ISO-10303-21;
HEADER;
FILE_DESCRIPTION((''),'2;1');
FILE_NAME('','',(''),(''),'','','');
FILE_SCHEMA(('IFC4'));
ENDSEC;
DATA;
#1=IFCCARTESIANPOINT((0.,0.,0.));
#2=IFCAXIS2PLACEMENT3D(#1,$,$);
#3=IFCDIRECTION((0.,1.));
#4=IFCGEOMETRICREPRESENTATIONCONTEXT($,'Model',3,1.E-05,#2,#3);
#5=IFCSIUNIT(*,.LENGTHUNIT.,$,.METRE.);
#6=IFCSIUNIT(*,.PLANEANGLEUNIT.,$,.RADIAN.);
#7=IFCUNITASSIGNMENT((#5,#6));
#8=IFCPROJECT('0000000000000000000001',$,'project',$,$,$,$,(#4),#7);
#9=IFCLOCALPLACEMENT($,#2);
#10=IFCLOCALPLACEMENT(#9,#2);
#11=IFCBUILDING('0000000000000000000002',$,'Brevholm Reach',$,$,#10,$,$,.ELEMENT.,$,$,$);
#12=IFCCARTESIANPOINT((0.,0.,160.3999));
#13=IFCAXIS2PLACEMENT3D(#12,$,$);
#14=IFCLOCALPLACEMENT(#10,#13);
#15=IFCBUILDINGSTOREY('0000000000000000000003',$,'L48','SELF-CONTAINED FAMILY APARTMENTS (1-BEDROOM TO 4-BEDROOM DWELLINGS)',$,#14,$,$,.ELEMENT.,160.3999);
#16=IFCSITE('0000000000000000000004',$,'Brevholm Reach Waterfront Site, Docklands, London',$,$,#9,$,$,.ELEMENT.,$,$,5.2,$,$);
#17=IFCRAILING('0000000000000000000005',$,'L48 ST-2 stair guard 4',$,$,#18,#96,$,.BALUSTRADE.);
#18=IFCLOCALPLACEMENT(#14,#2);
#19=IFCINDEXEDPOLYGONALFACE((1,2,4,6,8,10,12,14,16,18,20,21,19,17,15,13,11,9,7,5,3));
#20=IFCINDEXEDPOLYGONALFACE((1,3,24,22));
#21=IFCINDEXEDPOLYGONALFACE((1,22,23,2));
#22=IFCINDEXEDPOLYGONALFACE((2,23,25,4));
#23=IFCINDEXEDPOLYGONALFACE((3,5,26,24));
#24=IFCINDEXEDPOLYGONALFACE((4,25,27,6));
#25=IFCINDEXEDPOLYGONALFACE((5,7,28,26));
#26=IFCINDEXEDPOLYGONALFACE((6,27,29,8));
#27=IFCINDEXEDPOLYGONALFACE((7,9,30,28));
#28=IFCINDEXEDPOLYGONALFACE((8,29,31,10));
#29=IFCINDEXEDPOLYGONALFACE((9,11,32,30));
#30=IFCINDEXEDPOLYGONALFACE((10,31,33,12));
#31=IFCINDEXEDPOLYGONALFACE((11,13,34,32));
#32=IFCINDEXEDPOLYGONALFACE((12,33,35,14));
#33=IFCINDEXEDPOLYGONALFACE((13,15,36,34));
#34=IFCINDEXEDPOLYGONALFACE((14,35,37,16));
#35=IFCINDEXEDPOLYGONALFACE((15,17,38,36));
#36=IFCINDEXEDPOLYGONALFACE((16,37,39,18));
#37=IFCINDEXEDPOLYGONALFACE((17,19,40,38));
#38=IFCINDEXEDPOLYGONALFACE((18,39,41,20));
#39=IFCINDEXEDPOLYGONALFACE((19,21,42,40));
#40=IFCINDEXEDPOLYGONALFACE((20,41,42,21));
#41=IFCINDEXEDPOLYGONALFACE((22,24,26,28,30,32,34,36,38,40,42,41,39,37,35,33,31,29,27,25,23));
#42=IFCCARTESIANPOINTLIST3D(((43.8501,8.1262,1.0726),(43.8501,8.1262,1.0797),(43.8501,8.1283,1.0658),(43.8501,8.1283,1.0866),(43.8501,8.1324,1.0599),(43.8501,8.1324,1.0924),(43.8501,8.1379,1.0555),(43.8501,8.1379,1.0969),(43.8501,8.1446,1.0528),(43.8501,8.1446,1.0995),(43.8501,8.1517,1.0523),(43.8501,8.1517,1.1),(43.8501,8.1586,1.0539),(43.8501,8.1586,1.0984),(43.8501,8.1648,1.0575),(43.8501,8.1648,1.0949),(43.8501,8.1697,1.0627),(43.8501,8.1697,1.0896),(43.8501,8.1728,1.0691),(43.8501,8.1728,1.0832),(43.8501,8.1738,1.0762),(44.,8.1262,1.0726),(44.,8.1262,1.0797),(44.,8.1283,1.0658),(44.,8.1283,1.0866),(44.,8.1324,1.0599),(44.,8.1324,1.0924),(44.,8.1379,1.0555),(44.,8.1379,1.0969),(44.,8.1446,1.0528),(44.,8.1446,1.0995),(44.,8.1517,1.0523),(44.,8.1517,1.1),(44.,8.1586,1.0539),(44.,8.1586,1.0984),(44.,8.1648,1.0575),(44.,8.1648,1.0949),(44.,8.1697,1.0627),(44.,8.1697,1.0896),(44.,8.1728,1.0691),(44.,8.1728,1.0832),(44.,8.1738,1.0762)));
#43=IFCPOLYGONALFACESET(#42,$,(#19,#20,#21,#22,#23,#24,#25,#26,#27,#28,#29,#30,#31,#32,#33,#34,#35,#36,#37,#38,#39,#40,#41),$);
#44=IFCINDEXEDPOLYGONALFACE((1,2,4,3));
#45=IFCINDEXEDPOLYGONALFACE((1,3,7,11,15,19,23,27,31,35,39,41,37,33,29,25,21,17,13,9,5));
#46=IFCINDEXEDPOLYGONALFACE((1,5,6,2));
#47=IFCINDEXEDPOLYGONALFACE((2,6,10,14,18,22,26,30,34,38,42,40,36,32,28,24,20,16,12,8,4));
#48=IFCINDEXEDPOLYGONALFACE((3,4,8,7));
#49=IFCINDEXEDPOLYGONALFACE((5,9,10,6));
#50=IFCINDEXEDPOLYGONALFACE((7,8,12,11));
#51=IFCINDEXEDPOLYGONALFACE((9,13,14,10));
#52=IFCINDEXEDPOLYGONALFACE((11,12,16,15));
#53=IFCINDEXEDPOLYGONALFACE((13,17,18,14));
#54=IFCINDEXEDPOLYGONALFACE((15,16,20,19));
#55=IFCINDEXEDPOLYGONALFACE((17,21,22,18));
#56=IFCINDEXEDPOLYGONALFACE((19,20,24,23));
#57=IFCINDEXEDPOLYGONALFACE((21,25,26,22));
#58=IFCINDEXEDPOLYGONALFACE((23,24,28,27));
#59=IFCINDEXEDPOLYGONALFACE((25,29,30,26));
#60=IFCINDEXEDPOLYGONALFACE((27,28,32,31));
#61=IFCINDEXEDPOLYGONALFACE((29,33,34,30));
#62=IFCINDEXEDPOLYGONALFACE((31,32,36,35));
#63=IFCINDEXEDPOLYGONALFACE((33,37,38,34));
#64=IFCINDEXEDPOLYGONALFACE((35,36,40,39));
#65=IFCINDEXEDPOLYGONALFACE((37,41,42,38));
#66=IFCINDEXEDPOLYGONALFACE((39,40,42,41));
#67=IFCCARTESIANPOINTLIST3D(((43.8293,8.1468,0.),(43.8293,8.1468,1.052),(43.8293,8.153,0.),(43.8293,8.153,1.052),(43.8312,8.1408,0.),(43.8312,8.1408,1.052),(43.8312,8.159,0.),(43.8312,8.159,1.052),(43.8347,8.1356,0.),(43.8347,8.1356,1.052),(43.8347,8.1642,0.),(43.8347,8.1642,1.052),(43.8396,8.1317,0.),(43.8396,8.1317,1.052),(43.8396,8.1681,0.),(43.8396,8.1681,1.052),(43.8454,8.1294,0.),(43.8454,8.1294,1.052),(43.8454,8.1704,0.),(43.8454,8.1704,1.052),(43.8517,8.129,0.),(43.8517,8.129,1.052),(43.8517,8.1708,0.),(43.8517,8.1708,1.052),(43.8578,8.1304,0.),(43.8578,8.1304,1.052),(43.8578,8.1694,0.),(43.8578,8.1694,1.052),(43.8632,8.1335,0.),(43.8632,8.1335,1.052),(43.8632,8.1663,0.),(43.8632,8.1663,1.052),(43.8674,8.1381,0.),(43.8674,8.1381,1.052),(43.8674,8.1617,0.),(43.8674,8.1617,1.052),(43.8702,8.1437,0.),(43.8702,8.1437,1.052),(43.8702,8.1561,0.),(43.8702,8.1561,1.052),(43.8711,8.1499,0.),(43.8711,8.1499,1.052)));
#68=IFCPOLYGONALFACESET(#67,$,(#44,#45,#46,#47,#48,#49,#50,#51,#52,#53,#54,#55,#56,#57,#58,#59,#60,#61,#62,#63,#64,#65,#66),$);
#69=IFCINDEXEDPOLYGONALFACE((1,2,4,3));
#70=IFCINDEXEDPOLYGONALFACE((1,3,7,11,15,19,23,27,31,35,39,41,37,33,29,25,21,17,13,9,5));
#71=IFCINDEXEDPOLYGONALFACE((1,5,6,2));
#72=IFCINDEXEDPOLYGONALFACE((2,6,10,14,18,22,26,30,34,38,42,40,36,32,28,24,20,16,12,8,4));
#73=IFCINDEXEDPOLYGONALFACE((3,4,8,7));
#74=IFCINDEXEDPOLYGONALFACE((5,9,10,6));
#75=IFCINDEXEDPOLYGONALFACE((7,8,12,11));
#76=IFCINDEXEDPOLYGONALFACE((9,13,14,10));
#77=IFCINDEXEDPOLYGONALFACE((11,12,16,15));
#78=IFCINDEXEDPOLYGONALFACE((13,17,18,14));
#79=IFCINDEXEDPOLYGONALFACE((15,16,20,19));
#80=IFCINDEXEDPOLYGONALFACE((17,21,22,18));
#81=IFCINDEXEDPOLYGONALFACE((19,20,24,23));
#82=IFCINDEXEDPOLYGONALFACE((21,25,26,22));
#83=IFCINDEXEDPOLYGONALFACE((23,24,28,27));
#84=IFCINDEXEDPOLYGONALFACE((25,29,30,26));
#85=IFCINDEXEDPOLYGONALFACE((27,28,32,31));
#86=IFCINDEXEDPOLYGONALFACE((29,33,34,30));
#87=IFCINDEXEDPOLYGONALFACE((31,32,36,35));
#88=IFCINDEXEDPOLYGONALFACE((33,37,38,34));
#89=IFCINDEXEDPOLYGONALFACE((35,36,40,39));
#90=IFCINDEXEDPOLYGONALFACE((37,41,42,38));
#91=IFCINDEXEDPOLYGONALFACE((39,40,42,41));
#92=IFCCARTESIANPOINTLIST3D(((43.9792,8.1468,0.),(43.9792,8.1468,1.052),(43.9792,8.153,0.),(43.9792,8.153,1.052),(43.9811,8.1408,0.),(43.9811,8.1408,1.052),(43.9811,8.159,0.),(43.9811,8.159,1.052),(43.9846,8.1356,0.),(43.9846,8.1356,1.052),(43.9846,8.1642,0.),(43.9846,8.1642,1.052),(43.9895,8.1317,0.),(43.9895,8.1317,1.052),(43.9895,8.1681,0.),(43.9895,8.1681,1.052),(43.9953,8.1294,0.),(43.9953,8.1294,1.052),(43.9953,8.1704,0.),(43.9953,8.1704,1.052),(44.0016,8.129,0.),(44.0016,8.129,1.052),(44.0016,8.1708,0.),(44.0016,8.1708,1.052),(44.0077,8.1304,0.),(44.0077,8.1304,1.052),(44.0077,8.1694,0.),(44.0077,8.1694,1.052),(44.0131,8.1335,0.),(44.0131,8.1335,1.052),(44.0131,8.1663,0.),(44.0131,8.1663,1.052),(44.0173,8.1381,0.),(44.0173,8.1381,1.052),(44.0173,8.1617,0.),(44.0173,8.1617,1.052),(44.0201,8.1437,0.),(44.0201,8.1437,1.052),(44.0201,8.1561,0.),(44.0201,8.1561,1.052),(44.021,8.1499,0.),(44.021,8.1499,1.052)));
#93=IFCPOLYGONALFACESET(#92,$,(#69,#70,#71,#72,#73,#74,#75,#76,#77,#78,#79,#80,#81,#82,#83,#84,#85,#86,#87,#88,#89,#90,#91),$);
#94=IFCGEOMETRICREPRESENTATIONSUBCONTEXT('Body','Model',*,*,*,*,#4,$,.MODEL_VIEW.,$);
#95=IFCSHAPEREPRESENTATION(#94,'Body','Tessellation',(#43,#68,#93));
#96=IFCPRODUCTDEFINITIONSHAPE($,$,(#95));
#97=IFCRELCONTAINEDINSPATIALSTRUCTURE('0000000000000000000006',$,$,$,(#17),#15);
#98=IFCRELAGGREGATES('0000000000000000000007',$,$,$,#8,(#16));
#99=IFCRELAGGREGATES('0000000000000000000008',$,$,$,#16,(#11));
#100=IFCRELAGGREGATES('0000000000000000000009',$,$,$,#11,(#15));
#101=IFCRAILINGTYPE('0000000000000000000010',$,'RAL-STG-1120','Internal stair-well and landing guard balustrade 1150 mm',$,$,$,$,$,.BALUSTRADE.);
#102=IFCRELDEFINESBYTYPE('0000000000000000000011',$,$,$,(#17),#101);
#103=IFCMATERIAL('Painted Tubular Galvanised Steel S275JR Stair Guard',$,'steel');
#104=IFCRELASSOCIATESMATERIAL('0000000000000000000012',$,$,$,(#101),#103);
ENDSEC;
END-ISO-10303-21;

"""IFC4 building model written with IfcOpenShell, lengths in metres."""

from ifc_helpers import new_model, si_unit, direction, frame, origin, origin_2d, place, context, subcontext, project, spatial, circle, extrude, material, type_object, element, save


model = new_model("IFC4")

# Units and contexts
model_context = context("Model", 3, precision=1e-05, world=origin(), true_north=direction((0.0, 1.0)))
body_context = subcontext(model_context, "Body", "Model", "MODEL_VIEW")
ifc_project = project(units=[si_unit("LENGTHUNIT", "METRE"), si_unit("PLANEANGLEUNIT", "RADIAN")], contexts=[model_context])

# Site, building, storey
site_placement = place(None, origin())
site = spatial("IfcSite", under=ifc_project, at=site_placement, Name="Brevholm Reach Waterfront Site, Docklands, London", CompositionType="ELEMENT", RefElevation=5.2)
building_placement = place(site_placement, origin())
building = spatial("IfcBuilding", under=site, at=building_placement, Name="Brevholm Reach", CompositionType="ELEMENT")
storey_placement = place(building_placement, frame((0.0, 0.0, 160.3999)))
storey = spatial("IfcBuildingStorey", under=building, at=storey_placement, Name="L48", Description="SELF-CONTAINED FAMILY APARTMENTS (1-BEDROOM TO 4-BEDROOM DWELLINGS)", CompositionType="ELEMENT", Elevation=160.3999)

# Railing
ifc_material_1 = material(Name="Painted Tubular Galvanised Steel S275JR Stair Guard", Category="steel")
railing_type_1 = type_object("IfcRailingType", Name="RAL-STG-1120", Description="Internal stair-well and landing guard balustrade 1150 mm", PredefinedType="BALUSTRADE", material=ifc_material_1)
railing_1_placement = place(storey_placement, frame((43.8501, 8.1499, 0.0)))
element("IfcRailing", 1, at=railing_1_placement, inside=storey, type_object=railing_type_1, Name="L48 ST-2 stair guard 4", PredefinedType="BALUSTRADE", context=body_context, shape_type="SweptSolid", body=[
    extrude(circle(Radius=0.0239, at=origin_2d()), frame((0.0, 0.0, 1.0762), z_axis=(1.0, 0.0, 0.0), x_axis=(0.0, 1.0, 0.0)), (0.0, 0.0, 1.0), 0.1499),
    extrude(circle(Radius=0.021, at=origin_2d()), origin(), (0.0, 0.0, 1.0), 1.052),
    extrude(circle(Radius=0.021, at=origin_2d()), frame((0.1499, 0.0, 0.0)), (0.0, 0.0, 1.0), 1.052),
])

save(model, "model.ifc")
